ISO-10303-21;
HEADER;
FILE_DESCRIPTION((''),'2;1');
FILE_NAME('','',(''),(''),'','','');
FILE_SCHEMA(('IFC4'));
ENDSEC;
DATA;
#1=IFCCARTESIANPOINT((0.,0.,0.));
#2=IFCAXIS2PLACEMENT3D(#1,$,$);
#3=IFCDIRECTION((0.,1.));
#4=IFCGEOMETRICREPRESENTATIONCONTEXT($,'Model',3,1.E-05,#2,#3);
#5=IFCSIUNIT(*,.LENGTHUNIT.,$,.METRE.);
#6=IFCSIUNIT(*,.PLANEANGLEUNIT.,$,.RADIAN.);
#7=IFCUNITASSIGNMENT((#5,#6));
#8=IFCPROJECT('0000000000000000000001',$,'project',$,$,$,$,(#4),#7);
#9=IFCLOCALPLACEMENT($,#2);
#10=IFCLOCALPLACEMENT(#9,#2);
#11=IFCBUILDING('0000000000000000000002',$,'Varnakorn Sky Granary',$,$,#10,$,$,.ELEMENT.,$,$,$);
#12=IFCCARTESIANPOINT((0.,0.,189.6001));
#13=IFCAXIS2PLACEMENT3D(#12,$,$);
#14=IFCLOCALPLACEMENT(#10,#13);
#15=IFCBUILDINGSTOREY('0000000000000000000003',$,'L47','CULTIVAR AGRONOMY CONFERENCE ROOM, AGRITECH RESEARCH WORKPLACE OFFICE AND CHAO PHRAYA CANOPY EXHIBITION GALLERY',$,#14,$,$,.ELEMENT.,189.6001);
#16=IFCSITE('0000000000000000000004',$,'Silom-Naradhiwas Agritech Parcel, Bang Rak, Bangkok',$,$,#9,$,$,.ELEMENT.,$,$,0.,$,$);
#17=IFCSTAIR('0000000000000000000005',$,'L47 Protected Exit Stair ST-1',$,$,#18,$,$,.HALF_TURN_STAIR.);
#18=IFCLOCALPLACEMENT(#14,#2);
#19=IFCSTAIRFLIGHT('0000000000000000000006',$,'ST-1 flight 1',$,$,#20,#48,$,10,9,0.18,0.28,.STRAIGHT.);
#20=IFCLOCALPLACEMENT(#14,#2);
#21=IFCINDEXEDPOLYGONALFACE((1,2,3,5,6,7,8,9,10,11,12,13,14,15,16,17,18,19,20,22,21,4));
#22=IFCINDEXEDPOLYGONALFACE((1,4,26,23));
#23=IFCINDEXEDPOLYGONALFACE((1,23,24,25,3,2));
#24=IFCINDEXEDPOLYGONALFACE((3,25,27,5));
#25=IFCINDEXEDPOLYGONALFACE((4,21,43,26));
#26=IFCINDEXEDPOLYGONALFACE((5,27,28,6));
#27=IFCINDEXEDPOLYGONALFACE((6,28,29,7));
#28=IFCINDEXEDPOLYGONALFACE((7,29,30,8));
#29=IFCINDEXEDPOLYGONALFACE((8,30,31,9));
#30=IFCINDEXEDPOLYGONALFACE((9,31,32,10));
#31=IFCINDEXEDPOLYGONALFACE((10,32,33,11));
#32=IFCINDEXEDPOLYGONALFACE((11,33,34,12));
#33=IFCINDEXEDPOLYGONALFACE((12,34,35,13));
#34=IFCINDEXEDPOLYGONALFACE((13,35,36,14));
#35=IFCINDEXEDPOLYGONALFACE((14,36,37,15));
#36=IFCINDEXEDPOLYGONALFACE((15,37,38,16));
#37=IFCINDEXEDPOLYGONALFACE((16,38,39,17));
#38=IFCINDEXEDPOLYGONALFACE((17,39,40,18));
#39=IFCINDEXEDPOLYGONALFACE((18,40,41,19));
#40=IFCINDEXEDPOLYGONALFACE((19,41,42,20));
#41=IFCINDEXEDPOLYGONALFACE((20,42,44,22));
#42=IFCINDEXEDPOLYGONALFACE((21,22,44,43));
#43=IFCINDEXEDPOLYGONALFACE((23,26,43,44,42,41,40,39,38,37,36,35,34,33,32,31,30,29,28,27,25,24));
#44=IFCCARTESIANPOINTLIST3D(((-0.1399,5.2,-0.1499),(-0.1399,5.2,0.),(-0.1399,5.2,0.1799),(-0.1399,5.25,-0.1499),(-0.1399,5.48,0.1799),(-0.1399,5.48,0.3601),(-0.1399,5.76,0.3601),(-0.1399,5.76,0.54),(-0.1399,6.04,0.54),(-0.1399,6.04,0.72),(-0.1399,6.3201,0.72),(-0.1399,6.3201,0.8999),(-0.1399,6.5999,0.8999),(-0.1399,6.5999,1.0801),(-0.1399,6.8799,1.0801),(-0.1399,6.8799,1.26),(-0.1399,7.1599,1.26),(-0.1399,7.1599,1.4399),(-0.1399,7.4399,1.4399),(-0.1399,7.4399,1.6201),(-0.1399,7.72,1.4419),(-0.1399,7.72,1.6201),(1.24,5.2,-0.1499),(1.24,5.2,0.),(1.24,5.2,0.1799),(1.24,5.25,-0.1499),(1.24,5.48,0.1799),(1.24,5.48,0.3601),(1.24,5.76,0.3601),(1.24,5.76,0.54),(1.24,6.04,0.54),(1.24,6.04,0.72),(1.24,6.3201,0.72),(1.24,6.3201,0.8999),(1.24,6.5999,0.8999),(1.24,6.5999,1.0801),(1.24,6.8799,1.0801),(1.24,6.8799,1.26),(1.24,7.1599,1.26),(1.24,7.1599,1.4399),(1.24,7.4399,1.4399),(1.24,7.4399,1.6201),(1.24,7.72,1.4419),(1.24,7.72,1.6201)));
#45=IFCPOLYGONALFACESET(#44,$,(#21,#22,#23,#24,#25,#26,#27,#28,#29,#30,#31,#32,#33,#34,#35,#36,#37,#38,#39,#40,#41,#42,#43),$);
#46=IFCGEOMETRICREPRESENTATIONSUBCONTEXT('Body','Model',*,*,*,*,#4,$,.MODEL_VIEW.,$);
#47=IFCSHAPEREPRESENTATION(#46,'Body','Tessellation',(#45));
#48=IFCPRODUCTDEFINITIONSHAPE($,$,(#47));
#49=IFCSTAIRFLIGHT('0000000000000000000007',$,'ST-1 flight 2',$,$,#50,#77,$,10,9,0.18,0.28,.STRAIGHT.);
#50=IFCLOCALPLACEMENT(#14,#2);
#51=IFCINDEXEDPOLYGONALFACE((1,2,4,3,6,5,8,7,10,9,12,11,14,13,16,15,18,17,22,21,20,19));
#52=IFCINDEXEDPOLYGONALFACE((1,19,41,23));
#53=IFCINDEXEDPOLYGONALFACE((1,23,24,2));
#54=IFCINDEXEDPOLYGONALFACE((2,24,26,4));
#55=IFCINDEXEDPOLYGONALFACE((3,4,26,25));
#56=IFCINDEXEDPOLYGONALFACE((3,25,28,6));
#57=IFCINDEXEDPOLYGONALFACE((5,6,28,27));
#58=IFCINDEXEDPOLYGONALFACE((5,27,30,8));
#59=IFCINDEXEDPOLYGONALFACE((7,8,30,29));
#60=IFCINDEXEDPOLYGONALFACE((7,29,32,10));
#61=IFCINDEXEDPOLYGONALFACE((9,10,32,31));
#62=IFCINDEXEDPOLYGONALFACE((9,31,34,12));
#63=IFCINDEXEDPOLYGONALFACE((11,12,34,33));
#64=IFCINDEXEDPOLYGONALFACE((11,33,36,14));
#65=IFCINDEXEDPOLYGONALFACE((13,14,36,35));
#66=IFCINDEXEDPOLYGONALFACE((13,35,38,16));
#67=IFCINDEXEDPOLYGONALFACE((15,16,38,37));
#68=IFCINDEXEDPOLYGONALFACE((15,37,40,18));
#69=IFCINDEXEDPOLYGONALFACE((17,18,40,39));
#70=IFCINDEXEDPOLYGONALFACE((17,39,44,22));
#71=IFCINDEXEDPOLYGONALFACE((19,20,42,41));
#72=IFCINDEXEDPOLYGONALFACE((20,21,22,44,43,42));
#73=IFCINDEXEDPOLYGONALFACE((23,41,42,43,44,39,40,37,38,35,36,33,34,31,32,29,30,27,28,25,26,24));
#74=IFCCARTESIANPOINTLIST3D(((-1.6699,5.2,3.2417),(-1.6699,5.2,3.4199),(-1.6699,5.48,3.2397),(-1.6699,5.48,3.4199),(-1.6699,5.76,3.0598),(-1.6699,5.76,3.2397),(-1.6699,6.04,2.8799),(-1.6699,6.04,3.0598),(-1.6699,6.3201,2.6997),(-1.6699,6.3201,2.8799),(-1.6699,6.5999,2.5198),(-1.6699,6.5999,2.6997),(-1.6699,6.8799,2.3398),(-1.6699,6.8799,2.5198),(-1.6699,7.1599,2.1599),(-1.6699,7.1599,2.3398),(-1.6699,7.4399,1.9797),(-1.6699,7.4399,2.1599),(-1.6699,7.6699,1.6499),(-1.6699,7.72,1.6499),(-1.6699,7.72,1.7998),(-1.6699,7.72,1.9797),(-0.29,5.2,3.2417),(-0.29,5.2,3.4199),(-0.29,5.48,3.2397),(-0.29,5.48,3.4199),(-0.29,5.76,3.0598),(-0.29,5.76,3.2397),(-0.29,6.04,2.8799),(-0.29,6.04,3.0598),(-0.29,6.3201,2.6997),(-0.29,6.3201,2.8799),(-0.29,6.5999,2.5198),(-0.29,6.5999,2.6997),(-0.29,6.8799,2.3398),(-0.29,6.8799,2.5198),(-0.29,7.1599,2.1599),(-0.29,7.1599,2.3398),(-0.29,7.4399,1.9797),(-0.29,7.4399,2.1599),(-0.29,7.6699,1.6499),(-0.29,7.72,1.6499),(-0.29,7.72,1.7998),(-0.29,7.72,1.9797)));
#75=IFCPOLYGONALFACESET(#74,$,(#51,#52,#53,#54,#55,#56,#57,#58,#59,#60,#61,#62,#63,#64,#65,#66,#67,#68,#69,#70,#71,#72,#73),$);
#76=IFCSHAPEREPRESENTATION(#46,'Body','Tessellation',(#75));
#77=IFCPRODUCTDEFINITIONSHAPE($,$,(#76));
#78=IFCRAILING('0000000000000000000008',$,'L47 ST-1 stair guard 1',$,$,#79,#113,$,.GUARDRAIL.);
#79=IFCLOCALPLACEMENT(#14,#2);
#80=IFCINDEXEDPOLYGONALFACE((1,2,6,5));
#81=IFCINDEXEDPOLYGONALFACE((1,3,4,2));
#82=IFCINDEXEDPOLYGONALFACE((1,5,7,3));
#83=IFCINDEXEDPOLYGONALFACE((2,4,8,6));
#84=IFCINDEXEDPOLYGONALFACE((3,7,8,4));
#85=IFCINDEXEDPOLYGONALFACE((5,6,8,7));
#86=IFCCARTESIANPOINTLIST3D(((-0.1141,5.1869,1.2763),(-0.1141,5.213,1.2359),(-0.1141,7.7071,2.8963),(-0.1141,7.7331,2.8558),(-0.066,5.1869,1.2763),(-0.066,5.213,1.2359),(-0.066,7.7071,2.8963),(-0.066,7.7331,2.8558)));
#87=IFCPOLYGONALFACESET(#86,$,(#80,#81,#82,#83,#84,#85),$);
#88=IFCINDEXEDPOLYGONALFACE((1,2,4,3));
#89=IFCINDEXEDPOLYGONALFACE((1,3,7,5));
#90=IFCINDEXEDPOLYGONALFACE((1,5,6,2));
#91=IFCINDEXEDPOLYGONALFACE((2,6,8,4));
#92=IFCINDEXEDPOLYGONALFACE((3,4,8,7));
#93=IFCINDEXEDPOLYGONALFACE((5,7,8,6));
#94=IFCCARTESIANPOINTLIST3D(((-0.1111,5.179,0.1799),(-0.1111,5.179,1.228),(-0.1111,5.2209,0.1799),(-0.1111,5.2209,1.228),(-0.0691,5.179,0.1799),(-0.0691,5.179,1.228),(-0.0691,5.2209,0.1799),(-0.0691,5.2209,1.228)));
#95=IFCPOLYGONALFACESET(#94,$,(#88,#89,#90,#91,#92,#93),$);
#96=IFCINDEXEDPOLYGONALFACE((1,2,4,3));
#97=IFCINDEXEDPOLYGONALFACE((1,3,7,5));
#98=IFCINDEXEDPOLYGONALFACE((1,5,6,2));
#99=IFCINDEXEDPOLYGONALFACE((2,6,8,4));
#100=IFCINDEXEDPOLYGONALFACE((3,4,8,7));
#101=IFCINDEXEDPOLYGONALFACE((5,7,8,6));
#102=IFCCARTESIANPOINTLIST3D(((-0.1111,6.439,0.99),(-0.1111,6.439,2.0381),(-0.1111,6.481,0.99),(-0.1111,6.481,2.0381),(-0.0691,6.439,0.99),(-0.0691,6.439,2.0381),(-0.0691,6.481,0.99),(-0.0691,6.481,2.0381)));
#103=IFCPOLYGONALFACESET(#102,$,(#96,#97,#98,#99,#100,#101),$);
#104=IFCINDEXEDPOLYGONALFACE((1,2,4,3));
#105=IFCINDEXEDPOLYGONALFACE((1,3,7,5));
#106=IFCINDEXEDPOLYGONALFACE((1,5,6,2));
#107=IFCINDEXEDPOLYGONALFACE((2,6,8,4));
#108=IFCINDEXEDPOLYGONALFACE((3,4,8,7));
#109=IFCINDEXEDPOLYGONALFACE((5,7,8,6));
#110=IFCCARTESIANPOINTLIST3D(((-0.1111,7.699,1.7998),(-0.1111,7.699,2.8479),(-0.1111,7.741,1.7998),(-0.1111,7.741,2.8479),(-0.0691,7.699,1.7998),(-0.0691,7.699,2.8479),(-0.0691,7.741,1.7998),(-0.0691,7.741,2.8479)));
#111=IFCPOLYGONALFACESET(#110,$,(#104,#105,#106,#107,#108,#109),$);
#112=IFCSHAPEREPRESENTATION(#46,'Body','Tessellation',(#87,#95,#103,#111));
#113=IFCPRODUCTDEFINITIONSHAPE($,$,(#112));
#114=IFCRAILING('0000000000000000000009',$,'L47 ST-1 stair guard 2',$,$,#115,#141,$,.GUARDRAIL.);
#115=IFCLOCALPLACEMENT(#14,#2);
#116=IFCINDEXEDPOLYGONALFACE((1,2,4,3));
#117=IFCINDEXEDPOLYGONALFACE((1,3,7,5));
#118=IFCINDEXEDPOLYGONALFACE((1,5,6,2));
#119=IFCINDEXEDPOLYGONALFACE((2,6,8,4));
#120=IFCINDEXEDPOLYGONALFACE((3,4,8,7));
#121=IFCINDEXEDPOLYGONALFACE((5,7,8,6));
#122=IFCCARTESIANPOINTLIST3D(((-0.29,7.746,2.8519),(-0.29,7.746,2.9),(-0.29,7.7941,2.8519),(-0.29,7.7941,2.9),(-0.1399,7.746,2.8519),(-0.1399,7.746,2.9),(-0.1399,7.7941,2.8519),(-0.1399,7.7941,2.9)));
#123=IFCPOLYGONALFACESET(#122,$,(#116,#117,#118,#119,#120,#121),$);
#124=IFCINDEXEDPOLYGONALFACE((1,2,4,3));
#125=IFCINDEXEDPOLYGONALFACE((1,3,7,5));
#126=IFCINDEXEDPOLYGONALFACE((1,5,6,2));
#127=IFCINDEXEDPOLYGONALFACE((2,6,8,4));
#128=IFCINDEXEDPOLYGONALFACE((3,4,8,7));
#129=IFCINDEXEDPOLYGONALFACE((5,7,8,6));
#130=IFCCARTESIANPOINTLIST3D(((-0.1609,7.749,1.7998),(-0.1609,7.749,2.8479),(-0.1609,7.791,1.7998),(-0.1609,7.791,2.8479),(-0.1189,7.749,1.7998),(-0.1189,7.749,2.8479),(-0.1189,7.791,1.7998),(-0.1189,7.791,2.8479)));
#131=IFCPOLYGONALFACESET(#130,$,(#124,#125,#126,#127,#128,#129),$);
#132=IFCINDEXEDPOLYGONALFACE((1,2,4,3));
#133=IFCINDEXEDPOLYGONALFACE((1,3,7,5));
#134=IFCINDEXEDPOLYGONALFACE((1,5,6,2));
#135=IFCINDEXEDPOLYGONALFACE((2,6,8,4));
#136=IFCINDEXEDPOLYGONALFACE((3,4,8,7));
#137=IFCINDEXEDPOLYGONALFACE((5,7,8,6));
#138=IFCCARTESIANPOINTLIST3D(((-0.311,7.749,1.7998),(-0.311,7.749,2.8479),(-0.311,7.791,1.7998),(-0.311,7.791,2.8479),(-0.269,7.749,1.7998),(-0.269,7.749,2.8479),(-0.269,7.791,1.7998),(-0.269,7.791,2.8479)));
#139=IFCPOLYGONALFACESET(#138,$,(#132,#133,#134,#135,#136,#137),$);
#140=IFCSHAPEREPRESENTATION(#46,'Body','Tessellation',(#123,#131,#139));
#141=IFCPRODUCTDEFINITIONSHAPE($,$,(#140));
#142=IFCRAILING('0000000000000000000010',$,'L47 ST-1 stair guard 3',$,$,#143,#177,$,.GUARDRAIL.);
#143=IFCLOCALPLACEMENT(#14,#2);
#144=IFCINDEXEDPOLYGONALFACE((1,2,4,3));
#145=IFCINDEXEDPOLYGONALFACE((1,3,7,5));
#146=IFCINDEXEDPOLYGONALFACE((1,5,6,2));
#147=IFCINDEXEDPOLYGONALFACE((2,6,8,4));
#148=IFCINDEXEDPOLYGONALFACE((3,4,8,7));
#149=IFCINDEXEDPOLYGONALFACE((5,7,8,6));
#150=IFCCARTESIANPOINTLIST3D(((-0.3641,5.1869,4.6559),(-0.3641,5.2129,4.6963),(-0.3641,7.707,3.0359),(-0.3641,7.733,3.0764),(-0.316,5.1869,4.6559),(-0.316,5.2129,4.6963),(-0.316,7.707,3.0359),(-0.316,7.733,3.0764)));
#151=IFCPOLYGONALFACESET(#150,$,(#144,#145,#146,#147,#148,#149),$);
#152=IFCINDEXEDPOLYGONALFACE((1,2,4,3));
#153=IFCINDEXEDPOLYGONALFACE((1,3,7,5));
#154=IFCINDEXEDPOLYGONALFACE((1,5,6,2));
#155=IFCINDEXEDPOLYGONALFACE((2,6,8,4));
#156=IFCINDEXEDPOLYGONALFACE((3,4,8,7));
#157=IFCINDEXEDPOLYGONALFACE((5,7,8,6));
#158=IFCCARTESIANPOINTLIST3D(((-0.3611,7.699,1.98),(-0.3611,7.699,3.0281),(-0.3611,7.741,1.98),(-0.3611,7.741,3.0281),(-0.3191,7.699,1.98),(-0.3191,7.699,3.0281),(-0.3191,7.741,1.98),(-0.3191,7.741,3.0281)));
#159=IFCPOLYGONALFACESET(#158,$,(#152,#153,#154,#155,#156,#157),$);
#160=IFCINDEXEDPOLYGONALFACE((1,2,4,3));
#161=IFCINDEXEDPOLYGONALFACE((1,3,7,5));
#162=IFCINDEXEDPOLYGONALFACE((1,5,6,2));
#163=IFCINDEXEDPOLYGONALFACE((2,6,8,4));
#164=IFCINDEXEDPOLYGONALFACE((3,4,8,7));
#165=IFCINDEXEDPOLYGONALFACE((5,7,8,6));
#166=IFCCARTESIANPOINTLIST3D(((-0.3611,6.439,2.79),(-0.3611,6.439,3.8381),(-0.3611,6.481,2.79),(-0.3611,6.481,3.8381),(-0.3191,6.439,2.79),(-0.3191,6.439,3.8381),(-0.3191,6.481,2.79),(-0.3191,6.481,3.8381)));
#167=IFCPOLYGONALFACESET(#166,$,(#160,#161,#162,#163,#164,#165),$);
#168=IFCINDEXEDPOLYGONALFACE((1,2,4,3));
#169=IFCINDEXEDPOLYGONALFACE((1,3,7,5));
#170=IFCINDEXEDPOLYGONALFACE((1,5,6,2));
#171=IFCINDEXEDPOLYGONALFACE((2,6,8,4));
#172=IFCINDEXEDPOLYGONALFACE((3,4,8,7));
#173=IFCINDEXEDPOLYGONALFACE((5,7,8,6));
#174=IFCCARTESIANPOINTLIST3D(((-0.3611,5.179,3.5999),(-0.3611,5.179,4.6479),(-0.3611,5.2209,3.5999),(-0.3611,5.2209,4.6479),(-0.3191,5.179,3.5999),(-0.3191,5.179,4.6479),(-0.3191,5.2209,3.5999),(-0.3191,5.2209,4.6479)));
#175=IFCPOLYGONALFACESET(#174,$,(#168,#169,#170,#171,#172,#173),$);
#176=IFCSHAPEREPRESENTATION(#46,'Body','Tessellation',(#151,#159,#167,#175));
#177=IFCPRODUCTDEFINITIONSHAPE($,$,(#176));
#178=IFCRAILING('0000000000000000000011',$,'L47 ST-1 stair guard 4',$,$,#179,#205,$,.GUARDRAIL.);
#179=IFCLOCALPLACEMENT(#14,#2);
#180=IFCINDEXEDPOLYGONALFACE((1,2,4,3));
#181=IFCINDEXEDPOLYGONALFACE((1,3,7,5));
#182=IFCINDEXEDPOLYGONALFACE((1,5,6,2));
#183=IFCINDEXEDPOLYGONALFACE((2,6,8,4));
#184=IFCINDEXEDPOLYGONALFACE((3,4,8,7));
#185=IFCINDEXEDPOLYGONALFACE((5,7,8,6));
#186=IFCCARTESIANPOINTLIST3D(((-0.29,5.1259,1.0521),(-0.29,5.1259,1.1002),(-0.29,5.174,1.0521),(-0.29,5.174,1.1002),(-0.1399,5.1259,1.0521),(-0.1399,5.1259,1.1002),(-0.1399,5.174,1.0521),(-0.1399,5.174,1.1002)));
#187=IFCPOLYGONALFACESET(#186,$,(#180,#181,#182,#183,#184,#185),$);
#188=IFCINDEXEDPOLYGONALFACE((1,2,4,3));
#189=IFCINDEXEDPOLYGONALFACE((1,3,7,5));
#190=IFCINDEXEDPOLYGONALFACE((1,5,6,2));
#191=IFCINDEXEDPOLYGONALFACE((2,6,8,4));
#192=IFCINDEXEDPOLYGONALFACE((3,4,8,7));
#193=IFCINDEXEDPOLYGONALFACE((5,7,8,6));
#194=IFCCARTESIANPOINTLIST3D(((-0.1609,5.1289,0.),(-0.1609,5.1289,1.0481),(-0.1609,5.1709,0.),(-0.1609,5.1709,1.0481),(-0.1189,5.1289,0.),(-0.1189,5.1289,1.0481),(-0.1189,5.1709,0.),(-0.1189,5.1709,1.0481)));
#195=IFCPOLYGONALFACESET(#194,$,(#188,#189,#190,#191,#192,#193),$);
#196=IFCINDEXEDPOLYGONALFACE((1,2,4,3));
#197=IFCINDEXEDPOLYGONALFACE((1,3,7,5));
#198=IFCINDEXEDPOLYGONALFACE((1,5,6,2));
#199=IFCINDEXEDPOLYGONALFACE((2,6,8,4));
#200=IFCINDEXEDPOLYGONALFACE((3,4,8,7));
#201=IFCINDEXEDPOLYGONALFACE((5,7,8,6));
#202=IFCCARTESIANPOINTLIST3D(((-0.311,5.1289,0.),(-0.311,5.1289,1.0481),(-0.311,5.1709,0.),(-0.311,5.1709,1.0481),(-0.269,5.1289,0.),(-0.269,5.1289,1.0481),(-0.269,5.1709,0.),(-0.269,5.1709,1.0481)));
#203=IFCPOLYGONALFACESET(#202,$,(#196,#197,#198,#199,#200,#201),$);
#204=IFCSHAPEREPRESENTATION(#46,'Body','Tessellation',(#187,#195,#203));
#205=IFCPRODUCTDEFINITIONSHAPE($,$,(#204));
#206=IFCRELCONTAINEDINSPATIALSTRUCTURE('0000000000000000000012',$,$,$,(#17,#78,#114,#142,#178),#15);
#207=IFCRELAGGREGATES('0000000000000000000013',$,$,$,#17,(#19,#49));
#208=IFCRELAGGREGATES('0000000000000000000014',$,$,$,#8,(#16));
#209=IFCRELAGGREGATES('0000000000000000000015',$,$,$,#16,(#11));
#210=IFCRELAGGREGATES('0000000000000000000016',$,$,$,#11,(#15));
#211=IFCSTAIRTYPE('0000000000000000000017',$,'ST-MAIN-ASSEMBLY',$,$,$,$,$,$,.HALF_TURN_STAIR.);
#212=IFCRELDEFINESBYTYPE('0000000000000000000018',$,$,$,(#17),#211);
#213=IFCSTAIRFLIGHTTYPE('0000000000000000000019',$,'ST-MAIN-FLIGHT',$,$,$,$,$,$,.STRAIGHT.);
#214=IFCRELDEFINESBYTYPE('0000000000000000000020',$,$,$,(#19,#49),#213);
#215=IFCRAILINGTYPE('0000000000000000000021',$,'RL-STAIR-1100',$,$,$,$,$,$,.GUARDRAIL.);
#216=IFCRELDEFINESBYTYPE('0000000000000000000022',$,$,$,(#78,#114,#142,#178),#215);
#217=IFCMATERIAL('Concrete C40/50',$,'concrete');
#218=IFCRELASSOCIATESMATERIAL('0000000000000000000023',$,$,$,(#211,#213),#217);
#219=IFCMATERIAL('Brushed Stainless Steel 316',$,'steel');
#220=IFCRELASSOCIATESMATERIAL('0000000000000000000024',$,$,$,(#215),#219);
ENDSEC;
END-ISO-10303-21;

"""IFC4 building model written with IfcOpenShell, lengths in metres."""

from ifc_helpers import new_model, si_unit, direction, frame, origin, origin_2d, place, context, subcontext, project, spatial, polyline, rectangle, outline, extrude, material, type_object, element, aggregate, save


model = new_model("IFC4")

# Units and contexts
model_context = context("Model", 3, precision=1e-05, world=origin(), true_north=direction((0.0, 1.0)))
body_context = subcontext(model_context, "Body", "Model", "MODEL_VIEW")
ifc_project = project(units=[si_unit("LENGTHUNIT", "METRE"), si_unit("PLANEANGLEUNIT", "RADIAN")], contexts=[model_context])

# Site, building, storey
site_placement = place(None, origin())
site = spatial("IfcSite", under=ifc_project, at=site_placement, Name="Silom-Naradhiwas Agritech Parcel, Bang Rak, Bangkok", CompositionType="ELEMENT", RefElevation=0.0)
building_placement = place(site_placement, origin())
building = spatial("IfcBuilding", under=site, at=building_placement, Name="Varnakorn Sky Granary", CompositionType="ELEMENT")
storey_placement = place(building_placement, frame((0.0, 0.0, 189.6001)))
storey = spatial("IfcBuildingStorey", under=building, at=storey_placement, Name="L47", Description="CULTIVAR AGRONOMY CONFERENCE ROOM, AGRITECH RESEARCH WORKPLACE OFFICE AND CHAO PHRAYA CANOPY EXHIBITION GALLERY", CompositionType="ELEMENT", Elevation=189.6001)

# Stair, stair flights
ifc_material_1 = material(Name="Concrete C40/50", Category="concrete")
stair_type = type_object("IfcStairType", Name="ST-MAIN-ASSEMBLY", PredefinedType="HALF_TURN_STAIR", material=ifc_material_1)
stair_placement = place(storey_placement, origin())
stair = element("IfcStair", 1, at=stair_placement, inside=storey, type_object=stair_type, Name="L47 Protected Exit Stair ST-1", PredefinedType="HALF_TURN_STAIR")
stair_flight_type = type_object("IfcStairFlightType", Name="ST-MAIN-FLIGHT", PredefinedType="STRAIGHT", material=ifc_material_1)
stair_flight_1_placement = place(storey_placement, frame((0.55, 5.2, 0.0), z_axis=(0.0, 0.0, 1.0), x_axis=(0.0, 1.0, 0.0)))
stair_flight_1 = element("IfcStairFlight", 2, at=stair_flight_1_placement, type_object=stair_flight_type, Name="ST-1 flight 1", NumberOfRisers=10, NumberOfTreads=9, PredefinedType="STRAIGHT", RiserHeight=0.18, TreadLength=0.28, context=body_context, shape_type="SweptSolid", body=[
    extrude(outline(polyline([(0.0, -0.1499), (0.0, 0.0), (0.0, 0.1799), (0.28, 0.1799), (0.28, 0.3601), (0.5601, 0.3601), (0.5601, 0.54), (0.8401, 0.54), (0.8401, 0.72), (1.1201, 0.72), (1.1201, 0.8999), (1.3999, 0.8999), (1.3999, 1.0801), (1.6799, 1.0801), (1.6799, 1.26), (1.96, 1.26), (1.96, 1.4399), (2.24, 1.4399), (2.24, 1.6201), (2.52, 1.6201), (2.52, 1.8), (2.52, 1.4419), (0.05, -0.1499), (0.0, -0.1499)])), frame((0.0, 0.6899, 0.0), z_axis=(0.0, -1.0, 0.0), x_axis=(1.0, 0.0, 0.0)), (0.0, 0.0, 1.0), 1.3799),
])
stair_flight_2_placement = place(storey_placement, frame((-0.98, 7.72, 1.7998), z_axis=(0.0, 0.0, 1.0), x_axis=(0.0, -1.0, 0.0)))
stair_flight_2 = element("IfcStairFlight", 3, at=stair_flight_2_placement, type_object=stair_flight_type, Name="ST-1 flight 2", NumberOfRisers=10, NumberOfTreads=9, PredefinedType="STRAIGHT", RiserHeight=0.18, TreadLength=0.28, context=body_context, shape_type="SweptSolid", body=[
    extrude(outline(polyline([(0.0, -0.1499), (0.0, 0.0), (0.0, 0.1799), (0.28, 0.1799), (0.28, 0.3601), (0.5601, 0.3601), (0.5601, 0.54), (0.8401, 0.54), (0.8401, 0.72), (1.1201, 0.72), (1.1201, 0.8999), (1.3999, 0.8999), (1.3999, 1.0801), (1.6799, 1.0801), (1.6799, 1.26), (1.96, 1.26), (1.96, 1.4399), (2.24, 1.4399), (2.24, 1.6201), (2.52, 1.6201), (2.52, 1.8), (2.52, 1.4419), (0.05, -0.1499), (0.0, -0.1499)])), frame((0.0, 0.6899, 0.0), z_axis=(0.0, -1.0, 0.0), x_axis=(1.0, 0.0, 0.0)), (0.0, 0.0, 1.0), 1.3799),
])
aggregate(stair, [stair_flight_1, stair_flight_2])

# Railings
ifc_material_2 = material(Name="Brushed Stainless Steel 316", Category="steel")
railing_type_1 = type_object("IfcRailingType", Name="RL-STAIR-1100", PredefinedType="GUARDRAIL", material=ifc_material_2)
railing_1_placement = place(storey_placement, frame((-0.0901, 5.2, 0.1799)))
element("IfcRailing", 4, at=railing_1_placement, inside=storey, type_object=railing_type_1, Name="L47 ST-1 stair guard 1", PredefinedType="GUARDRAIL", context=body_context, shape_type="SweptSolid", body=[
    extrude(rectangle(XDim=0.0481, YDim=0.0481, at=origin_2d()), frame((0.0, 0.0, 1.0762), z_axis=(0.0, 0.8412, 0.540725), x_axis=(-1.0, 0.0, 0.0)), (0.0, 0.0, 1.0), 2.9958),
    extrude(rectangle(XDim=0.042, YDim=0.042, at=origin_2d()), origin(), (0.0, 0.0, 1.0), 1.0481),
    extrude(rectangle(XDim=0.042, YDim=0.042, at=origin_2d()), frame((0.0, 1.26, 0.8101)), (0.0, 0.0, 1.0), 1.0481),
    extrude(rectangle(XDim=0.042, YDim=0.042, at=origin_2d()), frame((0.0, 2.52, 1.6199)), (0.0, 0.0, 1.0), 1.0481),
])
railing_2_placement = place(storey_placement, frame((-0.1399, 7.77, 1.7998)))
element("IfcRailing", 5, at=railing_2_placement, inside=storey, type_object=railing_type_1, Name="L47 ST-1 stair guard 2", PredefinedType="GUARDRAIL", context=body_context, shape_type="SweptSolid", body=[
    extrude(rectangle(XDim=0.0481, YDim=0.0481, at=origin_2d()), frame((0.0, 0.0, 1.0762), z_axis=(-1.0, 0.0, 0.0), x_axis=(0.0, -1.0, 0.0)), (0.0, 0.0, 1.0), 0.1501),
    extrude(rectangle(XDim=0.042, YDim=0.042, at=origin_2d()), origin(), (0.0, 0.0, 1.0), 1.0481),
    extrude(rectangle(XDim=0.042, YDim=0.042, at=origin_2d()), frame((-0.1501, 0.0, 0.0)), (0.0, 0.0, 1.0), 1.0481),
])
railing_3_placement = place(storey_placement, frame((-0.3401, 7.72, 1.98)))
element("IfcRailing", 6, at=railing_3_placement, inside=storey, type_object=railing_type_1, Name="L47 ST-1 stair guard 3", PredefinedType="GUARDRAIL", context=body_context, shape_type="SweptSolid", body=[
    extrude(rectangle(XDim=0.0481, YDim=0.0481, at=origin_2d()), frame((0.0, 0.0, 1.0762), z_axis=(0.0, -0.8412, 0.540725), x_axis=(1.0, 0.0, 0.0)), (0.0, 0.0, 1.0), 2.9958),
    extrude(rectangle(XDim=0.042, YDim=0.042, at=origin_2d()), origin(), (0.0, 0.0, 1.0), 1.0481),
    extrude(rectangle(XDim=0.042, YDim=0.042, at=origin_2d()), frame((0.0, -1.26, 0.8101)), (0.0, 0.0, 1.0), 1.0481),
    extrude(rectangle(XDim=0.042, YDim=0.042, at=origin_2d()), frame((0.0, -2.52, 1.6199)), (0.0, 0.0, 1.0), 1.0481),
])
railing_4_placement = place(storey_placement, frame((-0.1399, 5.1499, 0.0)))
element("IfcRailing", 7, at=railing_4_placement, inside=storey, type_object=railing_type_1, Name="L47 ST-1 stair guard 4", PredefinedType="GUARDRAIL", context=body_context, shape_type="SweptSolid", body=[
    extrude(rectangle(XDim=0.0481, YDim=0.0481, at=origin_2d()), frame((0.0, 0.0, 1.0762), z_axis=(-1.0, 0.0, 0.0), x_axis=(0.0, -1.0, 0.0)), (0.0, 0.0, 1.0), 0.1501),
    extrude(rectangle(XDim=0.042, YDim=0.042, at=origin_2d()), origin(), (0.0, 0.0, 1.0), 1.0481),
    extrude(rectangle(XDim=0.042, YDim=0.042, at=origin_2d()), frame((-0.1501, 0.0, 0.0)), (0.0, 0.0, 1.0), 1.0481),
])

save(model, "model.ifc")
